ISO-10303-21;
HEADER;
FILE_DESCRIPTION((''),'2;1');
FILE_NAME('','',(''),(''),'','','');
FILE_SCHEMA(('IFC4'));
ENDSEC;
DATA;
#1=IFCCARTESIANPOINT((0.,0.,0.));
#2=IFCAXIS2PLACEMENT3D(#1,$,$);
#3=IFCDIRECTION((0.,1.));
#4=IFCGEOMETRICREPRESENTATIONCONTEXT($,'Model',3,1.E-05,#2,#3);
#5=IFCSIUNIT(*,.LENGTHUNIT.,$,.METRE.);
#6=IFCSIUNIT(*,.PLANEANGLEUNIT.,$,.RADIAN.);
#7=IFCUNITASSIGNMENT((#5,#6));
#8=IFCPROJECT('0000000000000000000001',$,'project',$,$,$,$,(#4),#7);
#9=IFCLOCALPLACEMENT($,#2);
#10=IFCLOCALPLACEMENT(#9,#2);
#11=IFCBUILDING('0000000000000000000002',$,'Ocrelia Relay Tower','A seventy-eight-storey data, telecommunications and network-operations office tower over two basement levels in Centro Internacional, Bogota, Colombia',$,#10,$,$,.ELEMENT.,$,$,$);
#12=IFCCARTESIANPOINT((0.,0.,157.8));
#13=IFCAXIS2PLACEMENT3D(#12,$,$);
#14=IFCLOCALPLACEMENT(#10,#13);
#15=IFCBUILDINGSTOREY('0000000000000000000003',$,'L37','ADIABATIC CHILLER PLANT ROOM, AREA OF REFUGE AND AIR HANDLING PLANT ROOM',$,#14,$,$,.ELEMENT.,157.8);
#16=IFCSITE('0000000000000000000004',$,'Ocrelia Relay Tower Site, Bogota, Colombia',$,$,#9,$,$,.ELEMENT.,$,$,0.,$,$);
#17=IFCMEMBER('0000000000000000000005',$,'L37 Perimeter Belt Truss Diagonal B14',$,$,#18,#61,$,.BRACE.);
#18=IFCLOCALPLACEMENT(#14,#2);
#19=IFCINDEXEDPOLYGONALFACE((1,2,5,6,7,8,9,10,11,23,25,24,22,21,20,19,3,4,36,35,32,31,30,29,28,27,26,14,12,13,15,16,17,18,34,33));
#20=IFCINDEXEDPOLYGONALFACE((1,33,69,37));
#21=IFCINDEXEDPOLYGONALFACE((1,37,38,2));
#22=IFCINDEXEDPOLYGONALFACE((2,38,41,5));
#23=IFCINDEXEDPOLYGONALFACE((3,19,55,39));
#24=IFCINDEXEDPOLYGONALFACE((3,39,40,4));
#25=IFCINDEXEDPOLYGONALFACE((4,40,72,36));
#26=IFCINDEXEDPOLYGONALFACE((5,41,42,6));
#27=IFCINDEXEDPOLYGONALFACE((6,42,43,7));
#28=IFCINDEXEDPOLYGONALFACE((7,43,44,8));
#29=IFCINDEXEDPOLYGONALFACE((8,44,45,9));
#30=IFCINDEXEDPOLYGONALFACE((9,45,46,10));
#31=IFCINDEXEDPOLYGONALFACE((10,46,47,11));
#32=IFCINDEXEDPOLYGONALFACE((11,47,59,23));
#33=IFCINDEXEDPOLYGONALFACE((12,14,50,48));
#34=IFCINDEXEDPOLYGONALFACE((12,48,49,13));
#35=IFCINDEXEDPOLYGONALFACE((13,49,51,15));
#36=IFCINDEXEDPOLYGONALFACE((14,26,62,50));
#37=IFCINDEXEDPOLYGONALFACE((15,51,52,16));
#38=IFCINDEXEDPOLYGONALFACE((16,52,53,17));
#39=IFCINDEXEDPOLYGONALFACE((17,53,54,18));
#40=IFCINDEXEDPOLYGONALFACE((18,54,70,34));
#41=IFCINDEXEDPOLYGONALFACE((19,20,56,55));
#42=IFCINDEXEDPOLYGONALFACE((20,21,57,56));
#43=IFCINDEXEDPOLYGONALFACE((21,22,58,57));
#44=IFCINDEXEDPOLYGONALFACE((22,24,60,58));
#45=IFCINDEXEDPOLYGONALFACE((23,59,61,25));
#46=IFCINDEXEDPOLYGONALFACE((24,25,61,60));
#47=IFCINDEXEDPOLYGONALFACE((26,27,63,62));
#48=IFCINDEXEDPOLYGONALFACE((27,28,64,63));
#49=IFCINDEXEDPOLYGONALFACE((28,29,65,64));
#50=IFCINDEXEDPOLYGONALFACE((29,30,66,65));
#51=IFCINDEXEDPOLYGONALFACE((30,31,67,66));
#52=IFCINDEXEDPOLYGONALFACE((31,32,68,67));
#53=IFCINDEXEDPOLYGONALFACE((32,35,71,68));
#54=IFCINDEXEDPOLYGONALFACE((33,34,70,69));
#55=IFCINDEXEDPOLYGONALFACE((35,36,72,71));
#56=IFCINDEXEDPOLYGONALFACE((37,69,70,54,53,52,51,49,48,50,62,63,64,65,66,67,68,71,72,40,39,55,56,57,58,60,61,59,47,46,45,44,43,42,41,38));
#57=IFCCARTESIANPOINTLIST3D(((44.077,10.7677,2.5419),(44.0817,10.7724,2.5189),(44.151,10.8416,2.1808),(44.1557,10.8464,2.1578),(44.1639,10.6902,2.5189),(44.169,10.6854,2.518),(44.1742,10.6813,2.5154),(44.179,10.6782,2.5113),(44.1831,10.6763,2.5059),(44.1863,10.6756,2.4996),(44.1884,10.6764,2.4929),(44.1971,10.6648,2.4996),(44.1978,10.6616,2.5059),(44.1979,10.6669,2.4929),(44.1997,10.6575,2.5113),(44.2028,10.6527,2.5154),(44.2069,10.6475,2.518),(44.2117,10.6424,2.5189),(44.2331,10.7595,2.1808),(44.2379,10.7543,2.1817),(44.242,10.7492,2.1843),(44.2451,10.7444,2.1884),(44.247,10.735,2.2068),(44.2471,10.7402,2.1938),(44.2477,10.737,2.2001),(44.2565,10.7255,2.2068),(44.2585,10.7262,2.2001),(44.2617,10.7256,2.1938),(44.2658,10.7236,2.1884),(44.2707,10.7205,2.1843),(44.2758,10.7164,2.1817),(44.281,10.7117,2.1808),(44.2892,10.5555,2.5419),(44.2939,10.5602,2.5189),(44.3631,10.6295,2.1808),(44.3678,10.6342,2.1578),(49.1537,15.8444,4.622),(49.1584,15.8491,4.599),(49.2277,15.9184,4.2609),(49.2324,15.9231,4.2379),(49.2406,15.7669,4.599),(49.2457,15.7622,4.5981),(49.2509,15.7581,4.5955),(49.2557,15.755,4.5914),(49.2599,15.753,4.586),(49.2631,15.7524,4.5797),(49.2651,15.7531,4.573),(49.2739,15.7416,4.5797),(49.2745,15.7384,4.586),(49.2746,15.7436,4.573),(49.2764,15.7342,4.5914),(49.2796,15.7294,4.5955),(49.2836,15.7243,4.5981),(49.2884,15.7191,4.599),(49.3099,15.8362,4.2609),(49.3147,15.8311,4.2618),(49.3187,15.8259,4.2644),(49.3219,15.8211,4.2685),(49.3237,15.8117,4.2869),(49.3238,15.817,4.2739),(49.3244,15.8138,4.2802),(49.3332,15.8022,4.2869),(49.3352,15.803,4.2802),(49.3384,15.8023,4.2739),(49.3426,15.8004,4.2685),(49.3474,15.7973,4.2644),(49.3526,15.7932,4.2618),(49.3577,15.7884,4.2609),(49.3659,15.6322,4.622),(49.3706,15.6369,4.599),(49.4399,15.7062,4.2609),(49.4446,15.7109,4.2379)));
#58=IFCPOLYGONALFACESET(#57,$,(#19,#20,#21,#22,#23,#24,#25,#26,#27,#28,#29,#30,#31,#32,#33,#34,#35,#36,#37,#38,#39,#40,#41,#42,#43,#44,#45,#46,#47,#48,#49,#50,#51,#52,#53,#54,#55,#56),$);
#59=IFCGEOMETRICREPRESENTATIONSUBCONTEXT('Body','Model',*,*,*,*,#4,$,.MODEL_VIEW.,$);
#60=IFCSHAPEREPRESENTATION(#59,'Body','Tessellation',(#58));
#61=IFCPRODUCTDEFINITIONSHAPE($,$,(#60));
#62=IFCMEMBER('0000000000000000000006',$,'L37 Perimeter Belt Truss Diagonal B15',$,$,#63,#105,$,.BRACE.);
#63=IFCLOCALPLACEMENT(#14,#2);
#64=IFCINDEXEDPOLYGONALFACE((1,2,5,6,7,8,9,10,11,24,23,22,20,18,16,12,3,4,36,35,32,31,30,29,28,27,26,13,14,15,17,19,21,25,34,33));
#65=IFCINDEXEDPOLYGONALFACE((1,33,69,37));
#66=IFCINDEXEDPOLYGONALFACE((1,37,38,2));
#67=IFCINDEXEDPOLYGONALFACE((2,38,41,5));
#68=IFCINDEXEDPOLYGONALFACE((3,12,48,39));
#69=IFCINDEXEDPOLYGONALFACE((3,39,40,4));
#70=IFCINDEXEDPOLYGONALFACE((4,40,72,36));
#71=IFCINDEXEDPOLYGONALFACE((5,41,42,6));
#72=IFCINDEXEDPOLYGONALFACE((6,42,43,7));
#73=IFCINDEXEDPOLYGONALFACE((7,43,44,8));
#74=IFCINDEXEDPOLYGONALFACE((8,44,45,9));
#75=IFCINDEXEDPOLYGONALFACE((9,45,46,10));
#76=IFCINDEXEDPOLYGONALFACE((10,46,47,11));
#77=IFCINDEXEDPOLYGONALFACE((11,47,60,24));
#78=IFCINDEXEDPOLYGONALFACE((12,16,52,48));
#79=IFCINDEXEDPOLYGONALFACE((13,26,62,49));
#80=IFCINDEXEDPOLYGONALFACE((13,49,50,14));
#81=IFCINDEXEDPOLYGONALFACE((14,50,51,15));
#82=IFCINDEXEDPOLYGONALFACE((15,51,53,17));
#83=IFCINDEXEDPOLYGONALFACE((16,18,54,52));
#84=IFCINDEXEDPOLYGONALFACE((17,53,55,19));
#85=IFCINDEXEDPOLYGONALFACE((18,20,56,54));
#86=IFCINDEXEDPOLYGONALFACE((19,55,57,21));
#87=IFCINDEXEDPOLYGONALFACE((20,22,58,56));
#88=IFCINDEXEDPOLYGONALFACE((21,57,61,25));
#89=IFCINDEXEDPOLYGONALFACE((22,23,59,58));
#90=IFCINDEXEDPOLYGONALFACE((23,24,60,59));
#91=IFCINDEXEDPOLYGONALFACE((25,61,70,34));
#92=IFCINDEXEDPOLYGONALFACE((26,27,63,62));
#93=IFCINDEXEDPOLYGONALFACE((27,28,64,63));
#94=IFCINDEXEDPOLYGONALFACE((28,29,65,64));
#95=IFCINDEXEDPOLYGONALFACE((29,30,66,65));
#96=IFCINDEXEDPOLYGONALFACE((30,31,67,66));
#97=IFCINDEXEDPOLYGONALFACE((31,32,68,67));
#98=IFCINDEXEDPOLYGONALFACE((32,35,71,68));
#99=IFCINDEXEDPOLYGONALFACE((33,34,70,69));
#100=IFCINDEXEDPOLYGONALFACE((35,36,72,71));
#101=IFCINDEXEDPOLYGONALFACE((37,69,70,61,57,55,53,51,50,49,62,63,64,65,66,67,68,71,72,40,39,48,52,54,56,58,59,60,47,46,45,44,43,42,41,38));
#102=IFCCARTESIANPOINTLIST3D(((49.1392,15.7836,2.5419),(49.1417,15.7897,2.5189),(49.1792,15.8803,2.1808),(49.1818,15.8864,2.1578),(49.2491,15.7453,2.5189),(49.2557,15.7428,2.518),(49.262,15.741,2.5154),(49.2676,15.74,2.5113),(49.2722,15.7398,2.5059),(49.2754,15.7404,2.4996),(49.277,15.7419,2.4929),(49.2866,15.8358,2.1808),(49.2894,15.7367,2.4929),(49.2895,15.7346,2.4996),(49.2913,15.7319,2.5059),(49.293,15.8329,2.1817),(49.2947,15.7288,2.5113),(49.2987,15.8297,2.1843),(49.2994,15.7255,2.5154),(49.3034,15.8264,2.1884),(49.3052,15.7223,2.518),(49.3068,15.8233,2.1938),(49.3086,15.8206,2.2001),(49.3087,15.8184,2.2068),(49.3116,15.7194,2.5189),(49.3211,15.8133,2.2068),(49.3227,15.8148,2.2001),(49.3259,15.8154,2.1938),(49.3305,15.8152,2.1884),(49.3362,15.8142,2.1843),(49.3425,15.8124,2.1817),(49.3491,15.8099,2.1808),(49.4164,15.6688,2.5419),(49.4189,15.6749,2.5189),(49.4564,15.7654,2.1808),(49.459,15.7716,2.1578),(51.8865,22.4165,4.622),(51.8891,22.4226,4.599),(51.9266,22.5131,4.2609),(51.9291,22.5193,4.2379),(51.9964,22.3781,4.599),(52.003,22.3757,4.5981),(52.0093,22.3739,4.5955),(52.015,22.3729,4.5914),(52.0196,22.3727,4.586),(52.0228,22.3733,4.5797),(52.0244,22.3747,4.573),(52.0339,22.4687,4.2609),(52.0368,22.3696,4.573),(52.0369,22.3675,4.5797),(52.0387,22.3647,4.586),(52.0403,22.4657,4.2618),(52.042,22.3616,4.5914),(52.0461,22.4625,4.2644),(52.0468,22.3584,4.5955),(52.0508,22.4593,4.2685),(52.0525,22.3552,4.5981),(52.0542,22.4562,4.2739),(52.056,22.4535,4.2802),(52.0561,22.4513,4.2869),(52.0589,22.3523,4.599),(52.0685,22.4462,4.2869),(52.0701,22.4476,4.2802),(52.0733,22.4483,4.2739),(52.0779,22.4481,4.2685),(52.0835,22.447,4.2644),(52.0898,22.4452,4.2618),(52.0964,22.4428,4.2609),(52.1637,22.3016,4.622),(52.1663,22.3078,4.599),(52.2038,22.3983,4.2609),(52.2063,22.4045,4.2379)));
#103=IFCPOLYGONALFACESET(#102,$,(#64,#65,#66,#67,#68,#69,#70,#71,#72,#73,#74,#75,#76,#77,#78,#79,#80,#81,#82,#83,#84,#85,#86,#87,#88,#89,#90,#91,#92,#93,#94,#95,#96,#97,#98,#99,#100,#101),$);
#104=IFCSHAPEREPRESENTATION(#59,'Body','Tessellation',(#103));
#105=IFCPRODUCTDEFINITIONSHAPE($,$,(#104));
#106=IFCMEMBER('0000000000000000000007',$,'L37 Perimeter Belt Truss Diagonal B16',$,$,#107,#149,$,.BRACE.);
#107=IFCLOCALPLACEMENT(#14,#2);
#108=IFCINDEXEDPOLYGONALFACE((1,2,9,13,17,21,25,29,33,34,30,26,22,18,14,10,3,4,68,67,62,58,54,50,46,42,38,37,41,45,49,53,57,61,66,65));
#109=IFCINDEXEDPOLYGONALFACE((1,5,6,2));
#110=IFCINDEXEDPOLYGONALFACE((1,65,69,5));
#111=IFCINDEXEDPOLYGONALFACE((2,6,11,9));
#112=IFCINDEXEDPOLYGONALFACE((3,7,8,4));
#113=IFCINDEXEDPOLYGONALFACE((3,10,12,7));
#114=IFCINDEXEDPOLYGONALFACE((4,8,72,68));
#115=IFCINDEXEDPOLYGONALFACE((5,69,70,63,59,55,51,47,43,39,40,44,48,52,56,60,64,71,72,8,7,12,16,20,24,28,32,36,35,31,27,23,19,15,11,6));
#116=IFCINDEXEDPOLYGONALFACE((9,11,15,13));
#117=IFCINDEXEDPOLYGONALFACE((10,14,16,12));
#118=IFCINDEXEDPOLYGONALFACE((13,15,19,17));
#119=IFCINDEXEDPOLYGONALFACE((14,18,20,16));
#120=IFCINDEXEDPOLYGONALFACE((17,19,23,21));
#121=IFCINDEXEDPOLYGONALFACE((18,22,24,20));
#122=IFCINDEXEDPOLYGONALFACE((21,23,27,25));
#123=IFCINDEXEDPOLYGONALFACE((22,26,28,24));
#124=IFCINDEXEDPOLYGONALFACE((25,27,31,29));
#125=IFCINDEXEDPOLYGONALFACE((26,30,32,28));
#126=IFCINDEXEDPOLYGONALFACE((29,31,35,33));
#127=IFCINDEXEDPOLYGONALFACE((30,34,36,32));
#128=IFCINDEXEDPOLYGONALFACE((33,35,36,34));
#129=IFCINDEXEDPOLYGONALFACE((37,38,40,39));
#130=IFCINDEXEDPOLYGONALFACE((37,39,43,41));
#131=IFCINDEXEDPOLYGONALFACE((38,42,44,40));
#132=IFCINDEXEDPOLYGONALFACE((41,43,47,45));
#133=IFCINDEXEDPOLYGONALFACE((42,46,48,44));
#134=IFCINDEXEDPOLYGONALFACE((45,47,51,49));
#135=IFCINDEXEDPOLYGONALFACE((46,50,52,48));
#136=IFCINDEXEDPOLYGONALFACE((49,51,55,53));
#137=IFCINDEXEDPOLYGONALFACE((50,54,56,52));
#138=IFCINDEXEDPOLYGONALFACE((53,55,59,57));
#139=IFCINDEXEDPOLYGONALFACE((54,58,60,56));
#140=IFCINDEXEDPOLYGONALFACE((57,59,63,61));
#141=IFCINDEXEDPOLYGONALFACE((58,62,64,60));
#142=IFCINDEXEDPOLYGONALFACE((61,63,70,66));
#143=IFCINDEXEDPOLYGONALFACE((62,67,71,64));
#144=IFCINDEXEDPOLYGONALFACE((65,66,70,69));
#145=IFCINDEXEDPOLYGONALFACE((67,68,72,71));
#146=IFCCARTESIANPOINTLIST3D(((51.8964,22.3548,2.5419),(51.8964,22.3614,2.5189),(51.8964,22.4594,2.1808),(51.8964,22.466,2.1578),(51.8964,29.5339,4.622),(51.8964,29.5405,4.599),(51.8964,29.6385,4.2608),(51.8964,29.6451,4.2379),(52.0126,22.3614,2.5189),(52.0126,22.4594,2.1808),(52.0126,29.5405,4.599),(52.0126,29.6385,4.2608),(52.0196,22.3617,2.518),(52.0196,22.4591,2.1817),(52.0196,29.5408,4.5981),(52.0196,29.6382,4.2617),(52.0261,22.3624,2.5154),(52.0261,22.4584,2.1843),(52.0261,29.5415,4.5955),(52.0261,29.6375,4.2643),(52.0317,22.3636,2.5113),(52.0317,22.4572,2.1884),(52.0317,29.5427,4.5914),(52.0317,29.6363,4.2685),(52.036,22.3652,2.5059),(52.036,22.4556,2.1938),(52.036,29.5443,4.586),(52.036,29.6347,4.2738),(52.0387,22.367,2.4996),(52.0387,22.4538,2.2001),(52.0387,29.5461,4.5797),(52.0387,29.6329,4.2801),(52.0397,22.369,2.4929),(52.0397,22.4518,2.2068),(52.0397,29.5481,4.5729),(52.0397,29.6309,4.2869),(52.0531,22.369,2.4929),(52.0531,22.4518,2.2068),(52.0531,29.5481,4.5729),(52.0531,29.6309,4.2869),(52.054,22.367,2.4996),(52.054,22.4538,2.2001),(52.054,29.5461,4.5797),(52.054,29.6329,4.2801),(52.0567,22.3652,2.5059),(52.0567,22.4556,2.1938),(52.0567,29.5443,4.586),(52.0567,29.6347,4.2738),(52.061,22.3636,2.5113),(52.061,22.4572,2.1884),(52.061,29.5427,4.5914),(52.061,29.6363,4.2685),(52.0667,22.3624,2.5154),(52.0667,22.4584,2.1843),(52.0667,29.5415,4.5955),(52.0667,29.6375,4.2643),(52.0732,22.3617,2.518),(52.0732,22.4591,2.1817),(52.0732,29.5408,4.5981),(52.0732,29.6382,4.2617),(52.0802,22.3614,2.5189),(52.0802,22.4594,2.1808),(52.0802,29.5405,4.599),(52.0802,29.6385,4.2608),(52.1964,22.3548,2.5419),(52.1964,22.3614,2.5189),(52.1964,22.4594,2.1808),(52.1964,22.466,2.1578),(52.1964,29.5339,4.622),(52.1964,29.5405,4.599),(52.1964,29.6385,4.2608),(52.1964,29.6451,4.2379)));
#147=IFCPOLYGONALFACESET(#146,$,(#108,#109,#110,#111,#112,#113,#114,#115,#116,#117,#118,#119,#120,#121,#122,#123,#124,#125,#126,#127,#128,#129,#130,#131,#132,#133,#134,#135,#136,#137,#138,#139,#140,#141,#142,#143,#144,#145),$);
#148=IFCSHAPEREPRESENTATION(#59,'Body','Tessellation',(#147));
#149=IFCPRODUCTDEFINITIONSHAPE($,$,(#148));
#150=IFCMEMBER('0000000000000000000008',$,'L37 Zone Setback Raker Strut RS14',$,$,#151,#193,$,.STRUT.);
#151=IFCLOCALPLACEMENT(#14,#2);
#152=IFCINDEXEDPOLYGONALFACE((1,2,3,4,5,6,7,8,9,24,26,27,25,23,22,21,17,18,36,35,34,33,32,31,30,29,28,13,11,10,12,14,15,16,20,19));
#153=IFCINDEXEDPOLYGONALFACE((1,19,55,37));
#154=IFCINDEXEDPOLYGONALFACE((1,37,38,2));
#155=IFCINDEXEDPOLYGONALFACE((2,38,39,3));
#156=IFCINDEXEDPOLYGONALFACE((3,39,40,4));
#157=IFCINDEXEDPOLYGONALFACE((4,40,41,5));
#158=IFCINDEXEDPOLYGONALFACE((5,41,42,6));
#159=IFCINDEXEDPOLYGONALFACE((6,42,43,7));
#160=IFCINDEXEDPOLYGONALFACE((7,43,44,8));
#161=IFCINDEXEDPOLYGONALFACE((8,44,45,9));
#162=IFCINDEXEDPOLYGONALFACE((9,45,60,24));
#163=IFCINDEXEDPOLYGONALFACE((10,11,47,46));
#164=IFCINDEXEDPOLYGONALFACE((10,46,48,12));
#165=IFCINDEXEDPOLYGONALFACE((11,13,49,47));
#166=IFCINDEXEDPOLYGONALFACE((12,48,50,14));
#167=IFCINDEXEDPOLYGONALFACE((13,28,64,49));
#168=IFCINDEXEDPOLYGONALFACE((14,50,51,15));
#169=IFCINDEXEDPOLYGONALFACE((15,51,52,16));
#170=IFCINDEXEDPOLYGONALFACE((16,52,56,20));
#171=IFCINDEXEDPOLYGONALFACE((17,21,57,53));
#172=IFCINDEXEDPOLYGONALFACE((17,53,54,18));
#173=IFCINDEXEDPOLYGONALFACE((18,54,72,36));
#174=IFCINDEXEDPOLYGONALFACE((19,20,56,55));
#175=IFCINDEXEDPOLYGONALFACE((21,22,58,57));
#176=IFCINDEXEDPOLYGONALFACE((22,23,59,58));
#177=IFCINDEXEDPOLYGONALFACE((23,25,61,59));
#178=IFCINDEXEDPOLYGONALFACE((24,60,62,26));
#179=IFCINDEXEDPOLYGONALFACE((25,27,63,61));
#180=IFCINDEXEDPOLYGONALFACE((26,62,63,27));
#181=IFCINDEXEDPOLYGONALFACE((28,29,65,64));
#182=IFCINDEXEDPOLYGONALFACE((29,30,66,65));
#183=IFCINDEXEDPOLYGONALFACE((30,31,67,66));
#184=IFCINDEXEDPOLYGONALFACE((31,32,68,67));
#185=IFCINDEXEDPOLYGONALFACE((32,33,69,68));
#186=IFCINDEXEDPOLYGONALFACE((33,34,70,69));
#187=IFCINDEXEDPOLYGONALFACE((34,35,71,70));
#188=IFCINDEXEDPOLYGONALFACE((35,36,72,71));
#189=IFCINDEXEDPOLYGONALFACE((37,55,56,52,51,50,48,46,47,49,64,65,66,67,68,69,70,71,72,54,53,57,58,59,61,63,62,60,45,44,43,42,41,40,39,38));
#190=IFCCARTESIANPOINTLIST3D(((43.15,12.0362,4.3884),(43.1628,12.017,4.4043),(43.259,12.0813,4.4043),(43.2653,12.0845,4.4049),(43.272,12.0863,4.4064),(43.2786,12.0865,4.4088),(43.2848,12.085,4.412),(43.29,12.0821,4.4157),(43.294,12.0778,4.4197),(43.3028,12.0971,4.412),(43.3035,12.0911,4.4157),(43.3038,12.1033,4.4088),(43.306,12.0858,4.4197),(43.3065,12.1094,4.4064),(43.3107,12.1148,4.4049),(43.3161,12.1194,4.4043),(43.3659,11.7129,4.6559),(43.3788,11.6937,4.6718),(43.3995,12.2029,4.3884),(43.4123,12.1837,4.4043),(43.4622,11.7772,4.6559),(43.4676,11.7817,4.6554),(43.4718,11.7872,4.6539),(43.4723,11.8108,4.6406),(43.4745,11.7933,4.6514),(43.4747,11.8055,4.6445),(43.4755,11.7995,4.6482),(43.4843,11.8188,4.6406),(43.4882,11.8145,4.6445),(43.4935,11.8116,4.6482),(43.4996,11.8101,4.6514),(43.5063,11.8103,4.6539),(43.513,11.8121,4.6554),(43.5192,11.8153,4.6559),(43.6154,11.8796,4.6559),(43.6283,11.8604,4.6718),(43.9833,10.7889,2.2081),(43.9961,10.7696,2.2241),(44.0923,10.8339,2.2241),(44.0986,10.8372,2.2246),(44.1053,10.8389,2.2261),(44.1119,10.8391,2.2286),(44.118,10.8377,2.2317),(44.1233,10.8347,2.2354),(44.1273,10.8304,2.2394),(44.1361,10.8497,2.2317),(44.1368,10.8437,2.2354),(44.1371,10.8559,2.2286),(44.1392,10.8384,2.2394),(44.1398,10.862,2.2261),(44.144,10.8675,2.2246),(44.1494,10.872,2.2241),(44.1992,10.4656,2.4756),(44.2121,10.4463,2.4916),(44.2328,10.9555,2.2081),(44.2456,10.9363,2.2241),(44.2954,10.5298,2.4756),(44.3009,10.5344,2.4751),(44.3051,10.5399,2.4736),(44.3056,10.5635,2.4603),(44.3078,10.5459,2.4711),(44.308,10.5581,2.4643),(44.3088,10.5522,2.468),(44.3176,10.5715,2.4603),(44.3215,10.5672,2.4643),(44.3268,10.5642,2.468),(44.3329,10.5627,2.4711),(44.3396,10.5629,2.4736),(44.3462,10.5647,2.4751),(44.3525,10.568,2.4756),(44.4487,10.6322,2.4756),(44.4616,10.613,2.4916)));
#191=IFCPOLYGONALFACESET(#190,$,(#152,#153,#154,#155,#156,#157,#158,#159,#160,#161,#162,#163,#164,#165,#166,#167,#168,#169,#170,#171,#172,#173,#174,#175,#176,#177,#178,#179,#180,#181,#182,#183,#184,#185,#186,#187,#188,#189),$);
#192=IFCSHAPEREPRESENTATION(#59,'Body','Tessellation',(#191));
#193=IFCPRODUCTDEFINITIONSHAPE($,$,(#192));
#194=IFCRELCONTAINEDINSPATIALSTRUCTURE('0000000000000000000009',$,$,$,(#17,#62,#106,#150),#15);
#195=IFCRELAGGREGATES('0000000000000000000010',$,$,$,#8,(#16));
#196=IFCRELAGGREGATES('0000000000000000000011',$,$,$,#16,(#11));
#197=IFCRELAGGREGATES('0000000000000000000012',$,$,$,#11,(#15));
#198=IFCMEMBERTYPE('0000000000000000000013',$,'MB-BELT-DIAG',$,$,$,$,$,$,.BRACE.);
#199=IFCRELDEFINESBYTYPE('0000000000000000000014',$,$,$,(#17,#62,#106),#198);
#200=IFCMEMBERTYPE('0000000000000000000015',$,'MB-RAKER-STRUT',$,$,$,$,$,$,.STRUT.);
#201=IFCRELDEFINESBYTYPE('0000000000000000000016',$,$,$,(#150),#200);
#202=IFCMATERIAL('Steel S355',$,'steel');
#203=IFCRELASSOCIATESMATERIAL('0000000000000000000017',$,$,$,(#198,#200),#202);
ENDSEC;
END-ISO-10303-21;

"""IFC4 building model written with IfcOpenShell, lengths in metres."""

from ifc_helpers import new_model, si_unit, direction, frame, origin, origin_2d, place, context, subcontext, project, spatial, i_section, extrude, material, material_profile, profile_set, type_object, element, save


model = new_model("IFC4")

# Units and contexts
model_context = context("Model", 3, precision=1e-05, world=origin(), true_north=direction((0.0, 1.0)))
body_context = subcontext(model_context, "Body", "Model", "MODEL_VIEW")
ifc_project = project(units=[si_unit("LENGTHUNIT", "METRE"), si_unit("PLANEANGLEUNIT", "RADIAN")], contexts=[model_context])

# Site, building, storey
site_placement = place(None, origin())
site = spatial("IfcSite", under=ifc_project, at=site_placement, Name="Ocrelia Relay Tower Site, Bogota, Colombia", CompositionType="ELEMENT", RefElevation=0.0)
building_placement = place(site_placement, origin())
building = spatial("IfcBuilding", under=site, at=building_placement, Name="Ocrelia Relay Tower", Description="A seventy-eight-storey data, telecommunications and network-operations office tower over two basement levels in Centro Internacional, Bogota, Colombia", CompositionType="ELEMENT")
storey_placement = place(building_placement, frame((0.0, 0.0, 157.8)))
storey = spatial("IfcBuildingStorey", under=building, at=storey_placement, Name="L37", Description="ADIABATIC CHILLER PLANT ROOM, AREA OF REFUGE AND AIR HANDLING PLANT ROOM", CompositionType="ELEMENT", Elevation=157.8)

# Shared definitions
ifc_material_1 = material(Name="Steel S355", Category="steel")

# Members
ifc_material_profile_1 = material_profile(ifc_material_1, i_section(OverallWidth=0.3, OverallDepth=0.3999, WebThickness=0.0134, FlangeThickness=0.0239, FilletRadius=0.0271, at=origin_2d()), Name="HEB 400")
ifc_profile_set_1 = profile_set([ifc_material_profile_1], Name="Steel S355")
member_type_1 = type_object("IfcMemberType", Name="MB-BELT-DIAG", PredefinedType="BRACE", material=ifc_profile_set_1)
member_1_placement = place(storey_placement, frame((44.2224, 10.7009, 2.3499), z_axis=(0.679176, 0.679176, 0.278281), x_axis=(-0.707107, 0.707107, 0.0)))
element("IfcMember", 1, at=member_1_placement, inside=storey, type_object=member_type_1, Name="L37 Perimeter Belt Truss Diagonal B14", PredefinedType="BRACE", context=body_context, shape_type="SweptSolid", body=[
    extrude(i_section(OverallWidth=0.3, OverallDepth=0.3999, WebThickness=0.0134, FlangeThickness=0.0239, FilletRadius=0.0271, at=origin_2d()), origin(), (0.0, 0.0, 1.0), 7.4749),
])
member_2_placement = place(storey_placement, frame((49.2991, 15.7776, 2.3499), z_axis=(0.367557, 0.887388, 0.278289), x_axis=(-0.923884, 0.382673, 0.0)))
element("IfcMember", 2, at=member_2_placement, inside=storey, type_object=member_type_1, Name="L37 Perimeter Belt Truss Diagonal B15", PredefinedType="BRACE", context=body_context, shape_type="SweptSolid", body=[
    extrude(i_section(OverallWidth=0.3, OverallDepth=0.3999, WebThickness=0.0134, FlangeThickness=0.0239, FilletRadius=0.0271, at=origin_2d()), origin(), (0.0, 0.0, 1.0), 7.4746),
])
member_3_placement = place(storey_placement, frame((52.0464, 22.4104, 2.3499), z_axis=(0.0, 0.960497, 0.278291), x_axis=(-1.0, 0.0, 0.0)))
element("IfcMember", 3, at=member_3_placement, inside=storey, type_object=member_type_1, Name="L37 Perimeter Belt Truss Diagonal B16", PredefinedType="BRACE", context=body_context, shape_type="SweptSolid", body=[
    extrude(i_section(OverallWidth=0.3, OverallDepth=0.3999, WebThickness=0.0134, FlangeThickness=0.0239, FilletRadius=0.0271, at=origin_2d()), origin(), (0.0, 0.0, 1.0), 7.4744),
])
ifc_material_profile_2 = material_profile(ifc_material_1, i_section(OverallWidth=0.3, OverallDepth=0.5, WebThickness=0.0144, FlangeThickness=0.0281, FilletRadius=0.0271, at=origin_2d()), Name="HEB 500")
ifc_profile_set_2 = profile_set([ifc_material_profile_2], Name="Steel S355")
member_type_2 = type_object("IfcMemberType", Name="MB-RAKER-STRUT", PredefinedType="STRUT", material=ifc_profile_set_2)
for number, where, z_axis, x_axis, name in (
    (4, (44.2224, 10.7009, 2.3499), (-0.314866, 0.471331, 0.823837), (-0.831524, -0.555489, 0.0), "L37 Zone Setback Raker Strut RS14"),
):
    element("IfcMember", number, at=place(storey_placement, frame(where, z_axis=z_axis, x_axis=x_axis)), inside=storey, type_object=member_type_2, Name=name, PredefinedType="STRUT", context=body_context, shape_type="SweptSolid", body=[
        extrude(i_section(OverallWidth=0.3, OverallDepth=0.5, WebThickness=0.0144, FlangeThickness=0.0281, FilletRadius=0.0271, at=origin_2d()), origin(), (0.0, 0.0, 1.0), 2.6465),
    ])

save(model, "model.ifc")
